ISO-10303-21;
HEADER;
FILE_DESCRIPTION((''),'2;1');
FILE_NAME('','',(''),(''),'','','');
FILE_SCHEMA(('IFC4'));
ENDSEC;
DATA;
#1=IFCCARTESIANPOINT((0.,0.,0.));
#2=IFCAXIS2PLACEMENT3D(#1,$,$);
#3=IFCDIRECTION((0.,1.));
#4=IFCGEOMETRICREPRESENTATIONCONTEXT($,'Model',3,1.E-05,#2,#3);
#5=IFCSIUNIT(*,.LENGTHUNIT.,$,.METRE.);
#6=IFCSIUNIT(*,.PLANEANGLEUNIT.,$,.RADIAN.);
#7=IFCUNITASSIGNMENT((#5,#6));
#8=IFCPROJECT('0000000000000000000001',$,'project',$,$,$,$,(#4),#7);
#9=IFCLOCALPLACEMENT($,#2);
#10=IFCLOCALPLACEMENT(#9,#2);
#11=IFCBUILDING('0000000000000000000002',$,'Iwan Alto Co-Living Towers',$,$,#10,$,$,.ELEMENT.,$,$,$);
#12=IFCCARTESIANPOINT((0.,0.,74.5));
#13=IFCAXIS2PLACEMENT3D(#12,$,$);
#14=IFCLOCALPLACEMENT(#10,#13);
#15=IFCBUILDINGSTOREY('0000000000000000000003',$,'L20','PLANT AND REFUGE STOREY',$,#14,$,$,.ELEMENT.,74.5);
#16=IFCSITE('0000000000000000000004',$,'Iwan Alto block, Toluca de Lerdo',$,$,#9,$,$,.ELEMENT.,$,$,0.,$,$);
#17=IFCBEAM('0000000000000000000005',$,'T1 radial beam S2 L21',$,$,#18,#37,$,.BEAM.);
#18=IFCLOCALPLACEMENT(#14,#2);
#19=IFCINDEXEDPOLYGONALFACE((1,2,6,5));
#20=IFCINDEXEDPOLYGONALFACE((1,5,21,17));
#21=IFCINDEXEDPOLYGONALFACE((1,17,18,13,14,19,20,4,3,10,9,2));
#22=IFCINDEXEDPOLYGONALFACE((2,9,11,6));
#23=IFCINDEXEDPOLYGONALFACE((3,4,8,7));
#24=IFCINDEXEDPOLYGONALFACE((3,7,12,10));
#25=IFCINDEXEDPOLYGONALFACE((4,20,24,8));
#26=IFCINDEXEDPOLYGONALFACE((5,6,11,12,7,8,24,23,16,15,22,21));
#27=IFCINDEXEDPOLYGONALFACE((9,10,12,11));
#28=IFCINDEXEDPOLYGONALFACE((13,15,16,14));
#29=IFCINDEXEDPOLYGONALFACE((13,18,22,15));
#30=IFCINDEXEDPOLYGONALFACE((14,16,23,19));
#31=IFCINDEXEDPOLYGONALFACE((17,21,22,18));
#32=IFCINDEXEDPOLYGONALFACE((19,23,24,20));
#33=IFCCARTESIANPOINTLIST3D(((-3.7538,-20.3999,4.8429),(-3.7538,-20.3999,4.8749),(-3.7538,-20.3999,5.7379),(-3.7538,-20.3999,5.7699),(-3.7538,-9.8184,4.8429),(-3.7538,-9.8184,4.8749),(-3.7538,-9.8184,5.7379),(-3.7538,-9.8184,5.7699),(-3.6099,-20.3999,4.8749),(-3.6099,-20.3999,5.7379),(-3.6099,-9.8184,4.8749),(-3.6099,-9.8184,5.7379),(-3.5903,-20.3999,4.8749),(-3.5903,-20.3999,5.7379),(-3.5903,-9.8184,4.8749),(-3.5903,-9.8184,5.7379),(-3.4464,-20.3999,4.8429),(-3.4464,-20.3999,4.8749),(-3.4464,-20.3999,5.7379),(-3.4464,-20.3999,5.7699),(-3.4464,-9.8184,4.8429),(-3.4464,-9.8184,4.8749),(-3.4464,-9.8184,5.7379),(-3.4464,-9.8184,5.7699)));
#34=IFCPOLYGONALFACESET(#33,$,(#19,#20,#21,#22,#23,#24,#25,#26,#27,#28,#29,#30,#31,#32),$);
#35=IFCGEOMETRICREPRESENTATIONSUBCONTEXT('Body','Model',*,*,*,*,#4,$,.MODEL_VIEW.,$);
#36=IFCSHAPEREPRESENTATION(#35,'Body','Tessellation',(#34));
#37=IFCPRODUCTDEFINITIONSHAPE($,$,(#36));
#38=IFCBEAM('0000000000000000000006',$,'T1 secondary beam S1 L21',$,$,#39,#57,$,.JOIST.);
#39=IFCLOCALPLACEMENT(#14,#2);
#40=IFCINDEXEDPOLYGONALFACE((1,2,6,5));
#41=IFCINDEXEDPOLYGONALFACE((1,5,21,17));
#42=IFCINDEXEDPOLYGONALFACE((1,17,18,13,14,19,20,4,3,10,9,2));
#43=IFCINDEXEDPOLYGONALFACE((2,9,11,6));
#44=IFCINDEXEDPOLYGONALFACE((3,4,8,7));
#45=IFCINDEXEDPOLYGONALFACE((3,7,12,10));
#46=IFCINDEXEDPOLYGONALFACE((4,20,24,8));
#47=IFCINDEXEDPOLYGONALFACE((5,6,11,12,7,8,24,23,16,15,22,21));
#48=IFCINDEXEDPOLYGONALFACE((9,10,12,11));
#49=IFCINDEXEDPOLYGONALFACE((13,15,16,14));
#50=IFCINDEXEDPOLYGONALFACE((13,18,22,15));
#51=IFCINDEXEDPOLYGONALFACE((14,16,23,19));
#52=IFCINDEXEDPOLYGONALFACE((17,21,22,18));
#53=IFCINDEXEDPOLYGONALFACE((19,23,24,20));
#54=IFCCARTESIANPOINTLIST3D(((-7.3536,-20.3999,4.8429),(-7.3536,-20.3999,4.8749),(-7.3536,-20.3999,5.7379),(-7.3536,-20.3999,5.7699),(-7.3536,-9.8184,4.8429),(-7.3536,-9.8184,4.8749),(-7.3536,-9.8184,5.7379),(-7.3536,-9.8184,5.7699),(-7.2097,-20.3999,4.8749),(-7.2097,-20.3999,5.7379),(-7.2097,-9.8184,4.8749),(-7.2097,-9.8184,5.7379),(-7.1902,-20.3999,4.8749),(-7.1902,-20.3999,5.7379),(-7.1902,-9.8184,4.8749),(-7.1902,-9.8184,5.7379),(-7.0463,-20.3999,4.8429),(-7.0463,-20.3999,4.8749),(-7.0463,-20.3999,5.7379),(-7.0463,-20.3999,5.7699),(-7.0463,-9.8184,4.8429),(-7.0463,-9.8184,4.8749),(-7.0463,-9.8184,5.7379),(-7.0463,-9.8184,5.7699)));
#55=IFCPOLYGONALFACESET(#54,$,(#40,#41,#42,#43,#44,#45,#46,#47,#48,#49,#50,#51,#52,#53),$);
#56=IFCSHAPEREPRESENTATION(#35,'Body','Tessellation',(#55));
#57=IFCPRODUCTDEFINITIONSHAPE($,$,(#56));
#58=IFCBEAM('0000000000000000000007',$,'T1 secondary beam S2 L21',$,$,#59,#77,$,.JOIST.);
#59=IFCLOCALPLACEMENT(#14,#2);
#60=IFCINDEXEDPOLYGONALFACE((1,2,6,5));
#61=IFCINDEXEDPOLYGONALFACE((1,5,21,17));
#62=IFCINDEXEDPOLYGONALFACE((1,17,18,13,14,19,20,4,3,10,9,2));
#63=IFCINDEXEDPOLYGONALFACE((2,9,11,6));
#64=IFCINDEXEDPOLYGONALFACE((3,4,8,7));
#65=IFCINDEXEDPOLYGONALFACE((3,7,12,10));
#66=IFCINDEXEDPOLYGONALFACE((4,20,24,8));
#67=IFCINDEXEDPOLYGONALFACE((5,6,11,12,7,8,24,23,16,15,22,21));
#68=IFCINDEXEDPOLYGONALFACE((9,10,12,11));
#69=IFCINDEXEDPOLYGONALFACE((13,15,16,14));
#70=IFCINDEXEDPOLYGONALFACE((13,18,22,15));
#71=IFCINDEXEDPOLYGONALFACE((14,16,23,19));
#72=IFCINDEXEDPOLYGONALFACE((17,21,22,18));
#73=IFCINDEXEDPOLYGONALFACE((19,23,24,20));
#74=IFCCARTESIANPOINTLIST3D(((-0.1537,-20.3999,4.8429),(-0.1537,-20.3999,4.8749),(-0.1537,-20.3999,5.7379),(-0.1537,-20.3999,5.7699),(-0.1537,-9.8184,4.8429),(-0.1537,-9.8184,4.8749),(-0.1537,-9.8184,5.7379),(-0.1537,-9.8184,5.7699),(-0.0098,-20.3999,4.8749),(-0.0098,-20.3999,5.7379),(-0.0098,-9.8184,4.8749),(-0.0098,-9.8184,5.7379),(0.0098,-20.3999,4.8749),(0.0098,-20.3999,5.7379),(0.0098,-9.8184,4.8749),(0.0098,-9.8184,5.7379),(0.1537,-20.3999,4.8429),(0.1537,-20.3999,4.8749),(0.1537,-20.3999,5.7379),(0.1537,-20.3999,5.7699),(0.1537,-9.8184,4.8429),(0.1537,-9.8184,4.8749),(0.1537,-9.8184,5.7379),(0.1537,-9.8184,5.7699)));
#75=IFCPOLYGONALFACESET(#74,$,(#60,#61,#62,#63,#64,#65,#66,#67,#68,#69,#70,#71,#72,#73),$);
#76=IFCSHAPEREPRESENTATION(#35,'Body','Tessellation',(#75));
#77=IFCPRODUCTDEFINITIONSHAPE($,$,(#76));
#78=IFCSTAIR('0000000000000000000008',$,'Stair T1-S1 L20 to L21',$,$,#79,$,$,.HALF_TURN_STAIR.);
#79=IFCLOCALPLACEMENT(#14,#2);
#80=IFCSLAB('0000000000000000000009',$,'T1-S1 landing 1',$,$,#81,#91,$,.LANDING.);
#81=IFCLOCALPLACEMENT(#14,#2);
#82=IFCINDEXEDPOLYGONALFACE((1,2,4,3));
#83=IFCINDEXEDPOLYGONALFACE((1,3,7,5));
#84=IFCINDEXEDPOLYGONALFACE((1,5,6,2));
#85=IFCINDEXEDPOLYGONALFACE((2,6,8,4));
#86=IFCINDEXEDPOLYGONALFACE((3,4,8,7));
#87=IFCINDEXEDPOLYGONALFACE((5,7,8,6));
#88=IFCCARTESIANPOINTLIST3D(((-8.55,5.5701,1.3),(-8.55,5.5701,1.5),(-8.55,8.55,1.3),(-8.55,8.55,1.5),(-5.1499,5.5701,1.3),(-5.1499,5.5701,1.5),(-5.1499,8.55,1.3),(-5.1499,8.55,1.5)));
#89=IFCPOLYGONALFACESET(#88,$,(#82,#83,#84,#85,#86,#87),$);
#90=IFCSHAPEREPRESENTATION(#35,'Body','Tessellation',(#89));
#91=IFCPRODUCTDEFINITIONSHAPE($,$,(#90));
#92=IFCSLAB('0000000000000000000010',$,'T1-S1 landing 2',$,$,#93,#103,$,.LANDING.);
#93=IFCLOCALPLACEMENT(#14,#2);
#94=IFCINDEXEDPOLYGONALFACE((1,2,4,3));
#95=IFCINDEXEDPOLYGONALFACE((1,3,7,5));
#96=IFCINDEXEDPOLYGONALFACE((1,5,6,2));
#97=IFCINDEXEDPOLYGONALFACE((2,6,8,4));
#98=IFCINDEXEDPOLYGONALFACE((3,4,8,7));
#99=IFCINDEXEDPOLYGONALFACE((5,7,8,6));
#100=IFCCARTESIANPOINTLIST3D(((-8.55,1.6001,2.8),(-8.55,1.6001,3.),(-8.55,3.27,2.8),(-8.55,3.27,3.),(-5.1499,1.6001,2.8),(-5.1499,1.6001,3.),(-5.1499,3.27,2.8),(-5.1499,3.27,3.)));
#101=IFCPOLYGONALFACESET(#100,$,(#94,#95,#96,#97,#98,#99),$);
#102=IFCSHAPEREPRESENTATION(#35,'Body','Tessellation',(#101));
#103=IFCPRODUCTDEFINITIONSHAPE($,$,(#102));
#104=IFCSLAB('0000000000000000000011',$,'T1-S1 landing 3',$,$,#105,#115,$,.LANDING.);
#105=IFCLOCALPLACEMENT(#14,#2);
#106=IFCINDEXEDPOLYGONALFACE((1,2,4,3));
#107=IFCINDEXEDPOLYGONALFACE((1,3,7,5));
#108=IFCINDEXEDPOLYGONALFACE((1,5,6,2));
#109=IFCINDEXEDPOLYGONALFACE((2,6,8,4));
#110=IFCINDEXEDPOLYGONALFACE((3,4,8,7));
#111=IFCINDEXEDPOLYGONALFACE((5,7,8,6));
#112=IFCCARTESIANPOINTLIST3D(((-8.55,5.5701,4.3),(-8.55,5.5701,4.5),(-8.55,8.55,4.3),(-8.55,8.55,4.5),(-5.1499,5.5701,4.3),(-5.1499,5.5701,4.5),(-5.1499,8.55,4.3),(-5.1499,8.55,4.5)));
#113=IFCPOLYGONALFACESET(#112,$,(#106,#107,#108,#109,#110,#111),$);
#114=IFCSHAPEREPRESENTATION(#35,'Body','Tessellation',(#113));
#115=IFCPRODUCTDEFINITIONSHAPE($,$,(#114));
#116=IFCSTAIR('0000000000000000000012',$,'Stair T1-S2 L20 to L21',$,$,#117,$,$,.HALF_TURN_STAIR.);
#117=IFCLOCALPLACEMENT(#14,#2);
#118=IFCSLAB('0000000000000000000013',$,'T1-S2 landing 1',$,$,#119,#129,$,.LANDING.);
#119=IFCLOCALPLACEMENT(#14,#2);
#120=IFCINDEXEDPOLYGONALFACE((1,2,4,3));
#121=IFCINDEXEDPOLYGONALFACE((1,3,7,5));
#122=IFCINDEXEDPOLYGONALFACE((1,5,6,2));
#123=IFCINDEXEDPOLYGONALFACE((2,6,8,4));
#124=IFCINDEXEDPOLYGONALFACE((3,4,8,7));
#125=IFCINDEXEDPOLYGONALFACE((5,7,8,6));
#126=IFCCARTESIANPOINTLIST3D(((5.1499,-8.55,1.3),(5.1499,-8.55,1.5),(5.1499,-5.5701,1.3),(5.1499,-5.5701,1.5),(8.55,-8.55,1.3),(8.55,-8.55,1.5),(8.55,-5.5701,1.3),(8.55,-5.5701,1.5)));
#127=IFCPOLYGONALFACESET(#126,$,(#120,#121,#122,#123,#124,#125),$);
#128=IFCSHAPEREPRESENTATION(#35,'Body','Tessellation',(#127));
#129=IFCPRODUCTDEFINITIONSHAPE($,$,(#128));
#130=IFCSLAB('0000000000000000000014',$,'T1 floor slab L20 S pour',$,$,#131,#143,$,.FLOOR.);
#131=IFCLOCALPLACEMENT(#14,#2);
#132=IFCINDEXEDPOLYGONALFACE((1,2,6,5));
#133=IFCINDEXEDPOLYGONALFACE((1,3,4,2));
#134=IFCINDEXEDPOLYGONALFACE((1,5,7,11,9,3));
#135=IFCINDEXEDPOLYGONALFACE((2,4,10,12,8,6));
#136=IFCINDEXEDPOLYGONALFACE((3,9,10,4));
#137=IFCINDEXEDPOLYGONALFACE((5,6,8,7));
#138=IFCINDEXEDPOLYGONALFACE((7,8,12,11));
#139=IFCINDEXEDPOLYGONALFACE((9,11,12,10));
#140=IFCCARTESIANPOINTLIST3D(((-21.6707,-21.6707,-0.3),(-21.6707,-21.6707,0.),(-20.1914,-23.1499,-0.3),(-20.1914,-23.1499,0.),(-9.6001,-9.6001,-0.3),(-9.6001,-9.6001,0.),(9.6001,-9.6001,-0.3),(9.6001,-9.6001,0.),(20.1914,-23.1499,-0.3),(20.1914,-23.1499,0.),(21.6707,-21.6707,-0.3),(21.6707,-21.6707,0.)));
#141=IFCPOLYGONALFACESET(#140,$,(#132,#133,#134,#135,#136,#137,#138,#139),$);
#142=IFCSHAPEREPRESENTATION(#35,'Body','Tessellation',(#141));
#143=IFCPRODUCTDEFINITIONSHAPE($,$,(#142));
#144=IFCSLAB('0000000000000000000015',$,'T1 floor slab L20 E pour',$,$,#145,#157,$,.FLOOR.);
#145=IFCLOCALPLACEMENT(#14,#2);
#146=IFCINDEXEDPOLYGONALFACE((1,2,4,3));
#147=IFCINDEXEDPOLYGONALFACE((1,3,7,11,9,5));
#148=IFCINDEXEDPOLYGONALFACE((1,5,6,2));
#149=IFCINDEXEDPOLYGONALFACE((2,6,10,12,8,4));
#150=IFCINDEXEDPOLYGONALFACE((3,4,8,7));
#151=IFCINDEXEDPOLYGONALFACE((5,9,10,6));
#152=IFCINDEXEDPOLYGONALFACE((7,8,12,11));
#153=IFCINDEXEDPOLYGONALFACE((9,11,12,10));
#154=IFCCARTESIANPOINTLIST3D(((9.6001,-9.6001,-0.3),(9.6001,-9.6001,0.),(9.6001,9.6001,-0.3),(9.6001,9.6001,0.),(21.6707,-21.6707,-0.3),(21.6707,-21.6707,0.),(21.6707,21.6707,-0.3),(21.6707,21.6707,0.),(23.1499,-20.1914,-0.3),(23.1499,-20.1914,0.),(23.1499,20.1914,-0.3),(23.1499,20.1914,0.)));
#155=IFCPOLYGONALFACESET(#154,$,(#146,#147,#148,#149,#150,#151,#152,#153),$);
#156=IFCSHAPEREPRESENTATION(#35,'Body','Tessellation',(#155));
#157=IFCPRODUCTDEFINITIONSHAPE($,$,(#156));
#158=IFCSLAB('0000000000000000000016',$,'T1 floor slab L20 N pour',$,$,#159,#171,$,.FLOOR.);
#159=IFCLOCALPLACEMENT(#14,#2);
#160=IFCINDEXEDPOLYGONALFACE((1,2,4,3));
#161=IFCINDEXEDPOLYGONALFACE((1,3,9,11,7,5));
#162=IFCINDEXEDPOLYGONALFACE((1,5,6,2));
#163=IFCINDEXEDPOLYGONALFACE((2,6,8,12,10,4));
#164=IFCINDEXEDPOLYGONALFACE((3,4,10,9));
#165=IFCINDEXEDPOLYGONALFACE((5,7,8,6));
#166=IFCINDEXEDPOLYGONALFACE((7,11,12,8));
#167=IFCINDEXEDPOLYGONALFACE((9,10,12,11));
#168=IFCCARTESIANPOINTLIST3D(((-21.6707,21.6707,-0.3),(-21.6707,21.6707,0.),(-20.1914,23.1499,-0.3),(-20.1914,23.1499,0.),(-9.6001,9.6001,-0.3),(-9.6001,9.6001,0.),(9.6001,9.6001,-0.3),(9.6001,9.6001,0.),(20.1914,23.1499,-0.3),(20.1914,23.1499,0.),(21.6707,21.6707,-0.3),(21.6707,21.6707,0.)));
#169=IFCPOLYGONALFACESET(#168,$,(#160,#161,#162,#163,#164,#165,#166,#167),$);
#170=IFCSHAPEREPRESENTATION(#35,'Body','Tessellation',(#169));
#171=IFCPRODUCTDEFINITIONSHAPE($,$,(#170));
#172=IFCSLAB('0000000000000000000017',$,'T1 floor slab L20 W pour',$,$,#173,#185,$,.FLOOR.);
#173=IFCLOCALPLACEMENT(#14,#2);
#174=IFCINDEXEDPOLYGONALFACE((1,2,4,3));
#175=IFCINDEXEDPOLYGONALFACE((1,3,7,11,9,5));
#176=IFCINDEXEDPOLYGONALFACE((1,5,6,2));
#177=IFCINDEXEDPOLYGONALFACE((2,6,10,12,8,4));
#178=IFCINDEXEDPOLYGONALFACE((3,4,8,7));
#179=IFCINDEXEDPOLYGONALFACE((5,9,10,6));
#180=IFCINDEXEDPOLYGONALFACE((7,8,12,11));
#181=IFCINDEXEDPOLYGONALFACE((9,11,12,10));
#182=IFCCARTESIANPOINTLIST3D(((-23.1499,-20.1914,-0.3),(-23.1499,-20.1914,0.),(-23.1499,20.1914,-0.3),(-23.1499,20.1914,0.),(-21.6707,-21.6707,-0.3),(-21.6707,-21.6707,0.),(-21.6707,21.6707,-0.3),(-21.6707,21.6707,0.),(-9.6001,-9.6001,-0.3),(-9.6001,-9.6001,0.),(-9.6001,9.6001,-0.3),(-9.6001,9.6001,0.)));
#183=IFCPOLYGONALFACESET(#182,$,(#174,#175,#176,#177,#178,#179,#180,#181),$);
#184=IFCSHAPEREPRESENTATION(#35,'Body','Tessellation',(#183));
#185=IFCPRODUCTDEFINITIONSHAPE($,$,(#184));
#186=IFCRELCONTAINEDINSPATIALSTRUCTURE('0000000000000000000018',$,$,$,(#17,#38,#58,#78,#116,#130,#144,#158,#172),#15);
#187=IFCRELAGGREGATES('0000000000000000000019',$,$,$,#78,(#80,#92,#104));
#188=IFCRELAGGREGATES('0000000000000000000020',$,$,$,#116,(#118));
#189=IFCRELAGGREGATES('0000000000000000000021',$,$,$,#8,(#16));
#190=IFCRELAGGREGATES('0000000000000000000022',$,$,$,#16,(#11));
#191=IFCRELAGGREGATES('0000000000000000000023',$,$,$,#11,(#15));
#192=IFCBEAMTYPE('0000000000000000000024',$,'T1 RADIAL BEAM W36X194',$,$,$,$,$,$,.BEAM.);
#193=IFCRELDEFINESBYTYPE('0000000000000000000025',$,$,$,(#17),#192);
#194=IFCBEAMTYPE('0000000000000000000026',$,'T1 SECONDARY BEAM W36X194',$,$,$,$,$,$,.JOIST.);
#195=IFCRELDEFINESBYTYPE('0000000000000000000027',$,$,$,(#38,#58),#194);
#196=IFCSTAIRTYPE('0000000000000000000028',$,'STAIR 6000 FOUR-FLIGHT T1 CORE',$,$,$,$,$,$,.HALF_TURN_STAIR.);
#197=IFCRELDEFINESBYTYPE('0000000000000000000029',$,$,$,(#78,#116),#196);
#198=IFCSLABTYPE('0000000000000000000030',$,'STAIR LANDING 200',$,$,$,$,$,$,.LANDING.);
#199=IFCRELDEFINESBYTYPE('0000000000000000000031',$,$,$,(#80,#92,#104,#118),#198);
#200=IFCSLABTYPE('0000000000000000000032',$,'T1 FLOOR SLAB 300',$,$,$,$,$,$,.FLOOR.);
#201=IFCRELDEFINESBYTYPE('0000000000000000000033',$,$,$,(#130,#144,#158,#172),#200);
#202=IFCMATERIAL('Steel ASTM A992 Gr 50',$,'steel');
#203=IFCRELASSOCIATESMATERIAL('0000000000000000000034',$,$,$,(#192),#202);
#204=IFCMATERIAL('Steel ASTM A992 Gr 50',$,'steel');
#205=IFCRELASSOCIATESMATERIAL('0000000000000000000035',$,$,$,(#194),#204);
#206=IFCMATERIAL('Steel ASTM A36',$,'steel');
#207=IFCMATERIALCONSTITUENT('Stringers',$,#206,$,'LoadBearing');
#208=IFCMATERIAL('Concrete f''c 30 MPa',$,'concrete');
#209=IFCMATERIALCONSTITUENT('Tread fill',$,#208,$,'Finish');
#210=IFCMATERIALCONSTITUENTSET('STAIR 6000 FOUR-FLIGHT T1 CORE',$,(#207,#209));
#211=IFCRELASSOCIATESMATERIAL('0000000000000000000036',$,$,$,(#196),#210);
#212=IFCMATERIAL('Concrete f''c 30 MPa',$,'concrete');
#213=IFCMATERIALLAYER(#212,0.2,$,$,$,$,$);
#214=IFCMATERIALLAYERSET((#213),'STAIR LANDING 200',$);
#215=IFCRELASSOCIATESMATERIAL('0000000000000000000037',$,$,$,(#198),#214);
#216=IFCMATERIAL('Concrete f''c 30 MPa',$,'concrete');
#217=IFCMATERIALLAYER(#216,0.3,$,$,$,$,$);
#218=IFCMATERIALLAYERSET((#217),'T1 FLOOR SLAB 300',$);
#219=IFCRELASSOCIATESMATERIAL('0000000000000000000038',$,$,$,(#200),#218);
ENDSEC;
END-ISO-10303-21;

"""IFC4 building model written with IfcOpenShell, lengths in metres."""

from ifc_helpers import new_model, si_unit, direction, frame, origin, origin_2d, place, context, subcontext, project, spatial, polyline, i_section, outline, extrude, material, layer, layer_set, constituent, constituent_set, material_profile, profile_set, type_object, element, aggregate, save


model = new_model("IFC4")

# Units and contexts
model_context = context("Model", 3, precision=1e-05, world=origin(), true_north=direction((0.0, 1.0)))
body_context = subcontext(model_context, "Body", "Model", "MODEL_VIEW")
ifc_project = project(units=[si_unit("LENGTHUNIT", "METRE"), si_unit("PLANEANGLEUNIT", "RADIAN")], contexts=[model_context])

# Site, building, storey
site_placement = place(None, origin())
site = spatial("IfcSite", under=ifc_project, at=site_placement, Name="Iwan Alto block, Toluca de Lerdo", CompositionType="ELEMENT", RefElevation=0.0)
building_placement = place(site_placement, origin())
building = spatial("IfcBuilding", under=site, at=building_placement, Name="Iwan Alto Co-Living Towers", CompositionType="ELEMENT")
storey_placement = place(building_placement, frame((0.0, 0.0, 74.5)))
storey = spatial("IfcBuildingStorey", under=building, at=storey_placement, Name="L20", Description="PLANT AND REFUGE STOREY", CompositionType="ELEMENT", Elevation=74.5)

# Beams
ifc_material_1 = material(Name="Steel ASTM A992 Gr 50", Category="steel")
ifc_material_profile_1 = material_profile(ifc_material_1, i_section(OverallWidth=0.3074, OverallDepth=0.927, WebThickness=0.0195, FlangeThickness=0.032, at=origin_2d()), Name="W36X194")
ifc_profile_set_1 = profile_set([ifc_material_profile_1], Name="Steel ASTM A992 Gr 50")
beam_type_1 = type_object("IfcBeamType", Name="T1 RADIAL BEAM W36X194", PredefinedType="BEAM", material=ifc_profile_set_1)
beam_1_placement = place(storey_placement, frame((-3.6001, -20.3999, 5.3064), z_axis=(0.0, 1.0, 0.0), x_axis=(-1.0, 0.0, 0.0)))
element("IfcBeam", 1, at=beam_1_placement, inside=storey, type_object=beam_type_1, Name="T1 radial beam S2 L21", PredefinedType="BEAM", context=body_context, shape_type="SweptSolid", body=[
    extrude(i_section(OverallWidth=0.3074, OverallDepth=0.927, WebThickness=0.0195, FlangeThickness=0.032, at=origin_2d()), origin(), (0.0, 0.0, 1.0), 10.5815),
])
ifc_material_2 = material(Name="Steel ASTM A992 Gr 50", Category="steel")
ifc_material_profile_2 = material_profile(ifc_material_2, i_section(OverallWidth=0.3074, OverallDepth=0.927, WebThickness=0.0195, FlangeThickness=0.032, at=origin_2d()), Name="W36X194")
ifc_profile_set_2 = profile_set([ifc_material_profile_2], Name="Steel ASTM A992 Gr 50")
beam_type_2 = type_object("IfcBeamType", Name="T1 SECONDARY BEAM W36X194", PredefinedType="JOIST", material=ifc_profile_set_2)
for number, where, z_axis, x_axis, name in (
    (2, (-7.2, -20.3999, 5.3064), (0.0, 1.0, 0.0), (-1.0, 0.0, 0.0), "T1 secondary beam S1 L21"),
    (3, (0.0, -20.3999, 5.3064), (0.0, 1.0, 0.0), (-1.0, 0.0, 0.0), "T1 secondary beam S2 L21"),
):
    element("IfcBeam", number, at=place(storey_placement, frame(where, z_axis=z_axis, x_axis=x_axis)), inside=storey, type_object=beam_type_2, Name=name, PredefinedType="JOIST", context=body_context, shape_type="SweptSolid", body=[
        extrude(i_section(OverallWidth=0.3074, OverallDepth=0.927, WebThickness=0.0195, FlangeThickness=0.032, at=origin_2d()), origin(), (0.0, 0.0, 1.0), 10.5815),
    ])

# Stair, slabs
ifc_material_3 = material(Name="Steel ASTM A36", Category="steel")
ifc_constituent_1 = constituent(ifc_material_3, Name="Stringers", Category="LoadBearing")
ifc_material_4 = material(Name="Concrete f'c 30 MPa", Category="concrete")
ifc_constituent_2 = constituent(ifc_material_4, Name="Tread fill", Category="Finish")
ifc_constituent_set = constituent_set(constituents=[ifc_constituent_1, ifc_constituent_2], Name="STAIR 6000 FOUR-FLIGHT T1 CORE")
stair_type = type_object("IfcStairType", Name="STAIR 6000 FOUR-FLIGHT T1 CORE", PredefinedType="HALF_TURN_STAIR", material=ifc_constituent_set)
stair_1_placement = place(storey_placement, origin())
stair_1 = element("IfcStair", 4, at=stair_1_placement, inside=storey, type_object=stair_type, Name="Stair T1-S1 L20 to L21", PredefinedType="HALF_TURN_STAIR")
ifc_material_5 = material(Name="Concrete f'c 30 MPa", Category="concrete")
ifc_layer_1 = layer(ifc_material_5, 0.2)
ifc_layer_set_1 = layer_set([ifc_layer_1], Name="STAIR LANDING 200")
slab_type_1 = type_object("IfcSlabType", Name="STAIR LANDING 200", PredefinedType="LANDING", material=ifc_layer_set_1)
slab_1_placement = place(storey_placement, frame((0.0, 0.0, 1.3)))
slab_1 = element("IfcSlab", 5, at=slab_1_placement, type_object=slab_type_1, Name="T1-S1 landing 1", PredefinedType="LANDING", context=body_context, shape_type="SweptSolid", body=[
    extrude(outline(polyline([(-8.55, 5.5701), (-8.55, 8.55), (-5.1499, 8.55), (-5.1499, 5.5701), (-8.55, 5.5701)])), origin(), (0.0, 0.0, 1.0), 0.2),
])
slab_2_placement = place(storey_placement, frame((0.0, 0.0, 2.8)))
slab_2 = element("IfcSlab", 6, at=slab_2_placement, type_object=slab_type_1, Name="T1-S1 landing 2", PredefinedType="LANDING", context=body_context, shape_type="SweptSolid", body=[
    extrude(outline(polyline([(-8.55, 1.6001), (-8.55, 3.27), (-5.1499, 3.27), (-5.1499, 1.6001), (-8.55, 1.6001)])), origin(), (0.0, 0.0, 1.0), 0.2),
])
slab_3_placement = place(storey_placement, frame((0.0, 0.0, 4.3)))
slab_3 = element("IfcSlab", 7, at=slab_3_placement, type_object=slab_type_1, Name="T1-S1 landing 3", PredefinedType="LANDING", context=body_context, shape_type="SweptSolid", body=[
    extrude(outline(polyline([(-8.55, 5.5701), (-8.55, 8.55), (-5.1499, 8.55), (-5.1499, 5.5701), (-8.55, 5.5701)])), origin(), (0.0, 0.0, 1.0), 0.2),
])
aggregate(stair_1, [slab_1, slab_2, slab_3])

# Stair, slab
stair_2_placement = place(storey_placement, origin())
stair_2 = element("IfcStair", 8, at=stair_2_placement, inside=storey, type_object=stair_type, Name="Stair T1-S2 L20 to L21", PredefinedType="HALF_TURN_STAIR")
slab_4_placement = place(storey_placement, frame((0.0, 0.0, 1.3)))
slab_4 = element("IfcSlab", 9, at=slab_4_placement, type_object=slab_type_1, Name="T1-S2 landing 1", PredefinedType="LANDING", context=body_context, shape_type="SweptSolid", body=[
    extrude(outline(polyline([(5.1499, -5.5701), (5.1499, -8.55), (8.55, -8.55), (8.55, -5.5701), (5.1499, -5.5701)])), origin(), (0.0, 0.0, 1.0), 0.2),
])
aggregate(stair_2, [slab_4])

# Slabs
ifc_material_6 = material(Name="Concrete f'c 30 MPa", Category="concrete")
ifc_layer_2 = layer(ifc_material_6, 0.3)
ifc_layer_set_2 = layer_set([ifc_layer_2], Name="T1 FLOOR SLAB 300")
slab_type_2 = type_object("IfcSlabType", Name="T1 FLOOR SLAB 300", PredefinedType="FLOOR", material=ifc_layer_set_2)
slab_5_placement = place(storey_placement, frame((0.0, 0.0, -0.3)))
element("IfcSlab", 10, at=slab_5_placement, inside=storey, type_object=slab_type_2, Name="T1 floor slab L20 S pour", PredefinedType="FLOOR", context=body_context, shape_type="SweptSolid", body=[
    extrude(outline(polyline([(20.1914, -23.1499), (-20.1914, -23.1499), (-21.6707, -21.6707), (-9.6001, -9.6001), (9.6001, -9.6001), (21.6707, -21.6707), (20.1914, -23.1499)])), origin(), (0.0, 0.0, 1.0), 0.3),
])
slab_6_placement = place(storey_placement, frame((0.0, 0.0, -0.3)))
element("IfcSlab", 11, at=slab_6_placement, inside=storey, type_object=slab_type_2, Name="T1 floor slab L20 E pour", PredefinedType="FLOOR", context=body_context, shape_type="SweptSolid", body=[
    extrude(outline(polyline([(23.1499, 20.1914), (23.1499, -20.1914), (21.6707, -21.6707), (9.6001, -9.6001), (9.6001, 9.6001), (21.6707, 21.6707), (23.1499, 20.1914)])), origin(), (0.0, 0.0, 1.0), 0.3),
])
slab_7_placement = place(storey_placement, frame((0.0, 0.0, -0.3)))
element("IfcSlab", 12, at=slab_7_placement, inside=storey, type_object=slab_type_2, Name="T1 floor slab L20 N pour", PredefinedType="FLOOR", context=body_context, shape_type="SweptSolid", body=[
    extrude(outline(polyline([(-20.1914, 23.1499), (20.1914, 23.1499), (21.6707, 21.6707), (9.6001, 9.6001), (-9.6001, 9.6001), (-21.6707, 21.6707), (-20.1914, 23.1499)])), origin(), (0.0, 0.0, 1.0), 0.3),
])
slab_8_placement = place(storey_placement, frame((0.0, 0.0, -0.3)))
element("IfcSlab", 13, at=slab_8_placement, inside=storey, type_object=slab_type_2, Name="T1 floor slab L20 W pour", PredefinedType="FLOOR", context=body_context, shape_type="SweptSolid", body=[
    extrude(outline(polyline([(-23.1499, 20.1914), (-21.6707, 21.6707), (-9.6001, 9.6001), (-9.6001, -9.6001), (-21.6707, -21.6707), (-23.1499, -20.1914), (-23.1499, 20.1914)])), origin(), (0.0, 0.0, 1.0), 0.3),
])

save(model, "model.ifc")
